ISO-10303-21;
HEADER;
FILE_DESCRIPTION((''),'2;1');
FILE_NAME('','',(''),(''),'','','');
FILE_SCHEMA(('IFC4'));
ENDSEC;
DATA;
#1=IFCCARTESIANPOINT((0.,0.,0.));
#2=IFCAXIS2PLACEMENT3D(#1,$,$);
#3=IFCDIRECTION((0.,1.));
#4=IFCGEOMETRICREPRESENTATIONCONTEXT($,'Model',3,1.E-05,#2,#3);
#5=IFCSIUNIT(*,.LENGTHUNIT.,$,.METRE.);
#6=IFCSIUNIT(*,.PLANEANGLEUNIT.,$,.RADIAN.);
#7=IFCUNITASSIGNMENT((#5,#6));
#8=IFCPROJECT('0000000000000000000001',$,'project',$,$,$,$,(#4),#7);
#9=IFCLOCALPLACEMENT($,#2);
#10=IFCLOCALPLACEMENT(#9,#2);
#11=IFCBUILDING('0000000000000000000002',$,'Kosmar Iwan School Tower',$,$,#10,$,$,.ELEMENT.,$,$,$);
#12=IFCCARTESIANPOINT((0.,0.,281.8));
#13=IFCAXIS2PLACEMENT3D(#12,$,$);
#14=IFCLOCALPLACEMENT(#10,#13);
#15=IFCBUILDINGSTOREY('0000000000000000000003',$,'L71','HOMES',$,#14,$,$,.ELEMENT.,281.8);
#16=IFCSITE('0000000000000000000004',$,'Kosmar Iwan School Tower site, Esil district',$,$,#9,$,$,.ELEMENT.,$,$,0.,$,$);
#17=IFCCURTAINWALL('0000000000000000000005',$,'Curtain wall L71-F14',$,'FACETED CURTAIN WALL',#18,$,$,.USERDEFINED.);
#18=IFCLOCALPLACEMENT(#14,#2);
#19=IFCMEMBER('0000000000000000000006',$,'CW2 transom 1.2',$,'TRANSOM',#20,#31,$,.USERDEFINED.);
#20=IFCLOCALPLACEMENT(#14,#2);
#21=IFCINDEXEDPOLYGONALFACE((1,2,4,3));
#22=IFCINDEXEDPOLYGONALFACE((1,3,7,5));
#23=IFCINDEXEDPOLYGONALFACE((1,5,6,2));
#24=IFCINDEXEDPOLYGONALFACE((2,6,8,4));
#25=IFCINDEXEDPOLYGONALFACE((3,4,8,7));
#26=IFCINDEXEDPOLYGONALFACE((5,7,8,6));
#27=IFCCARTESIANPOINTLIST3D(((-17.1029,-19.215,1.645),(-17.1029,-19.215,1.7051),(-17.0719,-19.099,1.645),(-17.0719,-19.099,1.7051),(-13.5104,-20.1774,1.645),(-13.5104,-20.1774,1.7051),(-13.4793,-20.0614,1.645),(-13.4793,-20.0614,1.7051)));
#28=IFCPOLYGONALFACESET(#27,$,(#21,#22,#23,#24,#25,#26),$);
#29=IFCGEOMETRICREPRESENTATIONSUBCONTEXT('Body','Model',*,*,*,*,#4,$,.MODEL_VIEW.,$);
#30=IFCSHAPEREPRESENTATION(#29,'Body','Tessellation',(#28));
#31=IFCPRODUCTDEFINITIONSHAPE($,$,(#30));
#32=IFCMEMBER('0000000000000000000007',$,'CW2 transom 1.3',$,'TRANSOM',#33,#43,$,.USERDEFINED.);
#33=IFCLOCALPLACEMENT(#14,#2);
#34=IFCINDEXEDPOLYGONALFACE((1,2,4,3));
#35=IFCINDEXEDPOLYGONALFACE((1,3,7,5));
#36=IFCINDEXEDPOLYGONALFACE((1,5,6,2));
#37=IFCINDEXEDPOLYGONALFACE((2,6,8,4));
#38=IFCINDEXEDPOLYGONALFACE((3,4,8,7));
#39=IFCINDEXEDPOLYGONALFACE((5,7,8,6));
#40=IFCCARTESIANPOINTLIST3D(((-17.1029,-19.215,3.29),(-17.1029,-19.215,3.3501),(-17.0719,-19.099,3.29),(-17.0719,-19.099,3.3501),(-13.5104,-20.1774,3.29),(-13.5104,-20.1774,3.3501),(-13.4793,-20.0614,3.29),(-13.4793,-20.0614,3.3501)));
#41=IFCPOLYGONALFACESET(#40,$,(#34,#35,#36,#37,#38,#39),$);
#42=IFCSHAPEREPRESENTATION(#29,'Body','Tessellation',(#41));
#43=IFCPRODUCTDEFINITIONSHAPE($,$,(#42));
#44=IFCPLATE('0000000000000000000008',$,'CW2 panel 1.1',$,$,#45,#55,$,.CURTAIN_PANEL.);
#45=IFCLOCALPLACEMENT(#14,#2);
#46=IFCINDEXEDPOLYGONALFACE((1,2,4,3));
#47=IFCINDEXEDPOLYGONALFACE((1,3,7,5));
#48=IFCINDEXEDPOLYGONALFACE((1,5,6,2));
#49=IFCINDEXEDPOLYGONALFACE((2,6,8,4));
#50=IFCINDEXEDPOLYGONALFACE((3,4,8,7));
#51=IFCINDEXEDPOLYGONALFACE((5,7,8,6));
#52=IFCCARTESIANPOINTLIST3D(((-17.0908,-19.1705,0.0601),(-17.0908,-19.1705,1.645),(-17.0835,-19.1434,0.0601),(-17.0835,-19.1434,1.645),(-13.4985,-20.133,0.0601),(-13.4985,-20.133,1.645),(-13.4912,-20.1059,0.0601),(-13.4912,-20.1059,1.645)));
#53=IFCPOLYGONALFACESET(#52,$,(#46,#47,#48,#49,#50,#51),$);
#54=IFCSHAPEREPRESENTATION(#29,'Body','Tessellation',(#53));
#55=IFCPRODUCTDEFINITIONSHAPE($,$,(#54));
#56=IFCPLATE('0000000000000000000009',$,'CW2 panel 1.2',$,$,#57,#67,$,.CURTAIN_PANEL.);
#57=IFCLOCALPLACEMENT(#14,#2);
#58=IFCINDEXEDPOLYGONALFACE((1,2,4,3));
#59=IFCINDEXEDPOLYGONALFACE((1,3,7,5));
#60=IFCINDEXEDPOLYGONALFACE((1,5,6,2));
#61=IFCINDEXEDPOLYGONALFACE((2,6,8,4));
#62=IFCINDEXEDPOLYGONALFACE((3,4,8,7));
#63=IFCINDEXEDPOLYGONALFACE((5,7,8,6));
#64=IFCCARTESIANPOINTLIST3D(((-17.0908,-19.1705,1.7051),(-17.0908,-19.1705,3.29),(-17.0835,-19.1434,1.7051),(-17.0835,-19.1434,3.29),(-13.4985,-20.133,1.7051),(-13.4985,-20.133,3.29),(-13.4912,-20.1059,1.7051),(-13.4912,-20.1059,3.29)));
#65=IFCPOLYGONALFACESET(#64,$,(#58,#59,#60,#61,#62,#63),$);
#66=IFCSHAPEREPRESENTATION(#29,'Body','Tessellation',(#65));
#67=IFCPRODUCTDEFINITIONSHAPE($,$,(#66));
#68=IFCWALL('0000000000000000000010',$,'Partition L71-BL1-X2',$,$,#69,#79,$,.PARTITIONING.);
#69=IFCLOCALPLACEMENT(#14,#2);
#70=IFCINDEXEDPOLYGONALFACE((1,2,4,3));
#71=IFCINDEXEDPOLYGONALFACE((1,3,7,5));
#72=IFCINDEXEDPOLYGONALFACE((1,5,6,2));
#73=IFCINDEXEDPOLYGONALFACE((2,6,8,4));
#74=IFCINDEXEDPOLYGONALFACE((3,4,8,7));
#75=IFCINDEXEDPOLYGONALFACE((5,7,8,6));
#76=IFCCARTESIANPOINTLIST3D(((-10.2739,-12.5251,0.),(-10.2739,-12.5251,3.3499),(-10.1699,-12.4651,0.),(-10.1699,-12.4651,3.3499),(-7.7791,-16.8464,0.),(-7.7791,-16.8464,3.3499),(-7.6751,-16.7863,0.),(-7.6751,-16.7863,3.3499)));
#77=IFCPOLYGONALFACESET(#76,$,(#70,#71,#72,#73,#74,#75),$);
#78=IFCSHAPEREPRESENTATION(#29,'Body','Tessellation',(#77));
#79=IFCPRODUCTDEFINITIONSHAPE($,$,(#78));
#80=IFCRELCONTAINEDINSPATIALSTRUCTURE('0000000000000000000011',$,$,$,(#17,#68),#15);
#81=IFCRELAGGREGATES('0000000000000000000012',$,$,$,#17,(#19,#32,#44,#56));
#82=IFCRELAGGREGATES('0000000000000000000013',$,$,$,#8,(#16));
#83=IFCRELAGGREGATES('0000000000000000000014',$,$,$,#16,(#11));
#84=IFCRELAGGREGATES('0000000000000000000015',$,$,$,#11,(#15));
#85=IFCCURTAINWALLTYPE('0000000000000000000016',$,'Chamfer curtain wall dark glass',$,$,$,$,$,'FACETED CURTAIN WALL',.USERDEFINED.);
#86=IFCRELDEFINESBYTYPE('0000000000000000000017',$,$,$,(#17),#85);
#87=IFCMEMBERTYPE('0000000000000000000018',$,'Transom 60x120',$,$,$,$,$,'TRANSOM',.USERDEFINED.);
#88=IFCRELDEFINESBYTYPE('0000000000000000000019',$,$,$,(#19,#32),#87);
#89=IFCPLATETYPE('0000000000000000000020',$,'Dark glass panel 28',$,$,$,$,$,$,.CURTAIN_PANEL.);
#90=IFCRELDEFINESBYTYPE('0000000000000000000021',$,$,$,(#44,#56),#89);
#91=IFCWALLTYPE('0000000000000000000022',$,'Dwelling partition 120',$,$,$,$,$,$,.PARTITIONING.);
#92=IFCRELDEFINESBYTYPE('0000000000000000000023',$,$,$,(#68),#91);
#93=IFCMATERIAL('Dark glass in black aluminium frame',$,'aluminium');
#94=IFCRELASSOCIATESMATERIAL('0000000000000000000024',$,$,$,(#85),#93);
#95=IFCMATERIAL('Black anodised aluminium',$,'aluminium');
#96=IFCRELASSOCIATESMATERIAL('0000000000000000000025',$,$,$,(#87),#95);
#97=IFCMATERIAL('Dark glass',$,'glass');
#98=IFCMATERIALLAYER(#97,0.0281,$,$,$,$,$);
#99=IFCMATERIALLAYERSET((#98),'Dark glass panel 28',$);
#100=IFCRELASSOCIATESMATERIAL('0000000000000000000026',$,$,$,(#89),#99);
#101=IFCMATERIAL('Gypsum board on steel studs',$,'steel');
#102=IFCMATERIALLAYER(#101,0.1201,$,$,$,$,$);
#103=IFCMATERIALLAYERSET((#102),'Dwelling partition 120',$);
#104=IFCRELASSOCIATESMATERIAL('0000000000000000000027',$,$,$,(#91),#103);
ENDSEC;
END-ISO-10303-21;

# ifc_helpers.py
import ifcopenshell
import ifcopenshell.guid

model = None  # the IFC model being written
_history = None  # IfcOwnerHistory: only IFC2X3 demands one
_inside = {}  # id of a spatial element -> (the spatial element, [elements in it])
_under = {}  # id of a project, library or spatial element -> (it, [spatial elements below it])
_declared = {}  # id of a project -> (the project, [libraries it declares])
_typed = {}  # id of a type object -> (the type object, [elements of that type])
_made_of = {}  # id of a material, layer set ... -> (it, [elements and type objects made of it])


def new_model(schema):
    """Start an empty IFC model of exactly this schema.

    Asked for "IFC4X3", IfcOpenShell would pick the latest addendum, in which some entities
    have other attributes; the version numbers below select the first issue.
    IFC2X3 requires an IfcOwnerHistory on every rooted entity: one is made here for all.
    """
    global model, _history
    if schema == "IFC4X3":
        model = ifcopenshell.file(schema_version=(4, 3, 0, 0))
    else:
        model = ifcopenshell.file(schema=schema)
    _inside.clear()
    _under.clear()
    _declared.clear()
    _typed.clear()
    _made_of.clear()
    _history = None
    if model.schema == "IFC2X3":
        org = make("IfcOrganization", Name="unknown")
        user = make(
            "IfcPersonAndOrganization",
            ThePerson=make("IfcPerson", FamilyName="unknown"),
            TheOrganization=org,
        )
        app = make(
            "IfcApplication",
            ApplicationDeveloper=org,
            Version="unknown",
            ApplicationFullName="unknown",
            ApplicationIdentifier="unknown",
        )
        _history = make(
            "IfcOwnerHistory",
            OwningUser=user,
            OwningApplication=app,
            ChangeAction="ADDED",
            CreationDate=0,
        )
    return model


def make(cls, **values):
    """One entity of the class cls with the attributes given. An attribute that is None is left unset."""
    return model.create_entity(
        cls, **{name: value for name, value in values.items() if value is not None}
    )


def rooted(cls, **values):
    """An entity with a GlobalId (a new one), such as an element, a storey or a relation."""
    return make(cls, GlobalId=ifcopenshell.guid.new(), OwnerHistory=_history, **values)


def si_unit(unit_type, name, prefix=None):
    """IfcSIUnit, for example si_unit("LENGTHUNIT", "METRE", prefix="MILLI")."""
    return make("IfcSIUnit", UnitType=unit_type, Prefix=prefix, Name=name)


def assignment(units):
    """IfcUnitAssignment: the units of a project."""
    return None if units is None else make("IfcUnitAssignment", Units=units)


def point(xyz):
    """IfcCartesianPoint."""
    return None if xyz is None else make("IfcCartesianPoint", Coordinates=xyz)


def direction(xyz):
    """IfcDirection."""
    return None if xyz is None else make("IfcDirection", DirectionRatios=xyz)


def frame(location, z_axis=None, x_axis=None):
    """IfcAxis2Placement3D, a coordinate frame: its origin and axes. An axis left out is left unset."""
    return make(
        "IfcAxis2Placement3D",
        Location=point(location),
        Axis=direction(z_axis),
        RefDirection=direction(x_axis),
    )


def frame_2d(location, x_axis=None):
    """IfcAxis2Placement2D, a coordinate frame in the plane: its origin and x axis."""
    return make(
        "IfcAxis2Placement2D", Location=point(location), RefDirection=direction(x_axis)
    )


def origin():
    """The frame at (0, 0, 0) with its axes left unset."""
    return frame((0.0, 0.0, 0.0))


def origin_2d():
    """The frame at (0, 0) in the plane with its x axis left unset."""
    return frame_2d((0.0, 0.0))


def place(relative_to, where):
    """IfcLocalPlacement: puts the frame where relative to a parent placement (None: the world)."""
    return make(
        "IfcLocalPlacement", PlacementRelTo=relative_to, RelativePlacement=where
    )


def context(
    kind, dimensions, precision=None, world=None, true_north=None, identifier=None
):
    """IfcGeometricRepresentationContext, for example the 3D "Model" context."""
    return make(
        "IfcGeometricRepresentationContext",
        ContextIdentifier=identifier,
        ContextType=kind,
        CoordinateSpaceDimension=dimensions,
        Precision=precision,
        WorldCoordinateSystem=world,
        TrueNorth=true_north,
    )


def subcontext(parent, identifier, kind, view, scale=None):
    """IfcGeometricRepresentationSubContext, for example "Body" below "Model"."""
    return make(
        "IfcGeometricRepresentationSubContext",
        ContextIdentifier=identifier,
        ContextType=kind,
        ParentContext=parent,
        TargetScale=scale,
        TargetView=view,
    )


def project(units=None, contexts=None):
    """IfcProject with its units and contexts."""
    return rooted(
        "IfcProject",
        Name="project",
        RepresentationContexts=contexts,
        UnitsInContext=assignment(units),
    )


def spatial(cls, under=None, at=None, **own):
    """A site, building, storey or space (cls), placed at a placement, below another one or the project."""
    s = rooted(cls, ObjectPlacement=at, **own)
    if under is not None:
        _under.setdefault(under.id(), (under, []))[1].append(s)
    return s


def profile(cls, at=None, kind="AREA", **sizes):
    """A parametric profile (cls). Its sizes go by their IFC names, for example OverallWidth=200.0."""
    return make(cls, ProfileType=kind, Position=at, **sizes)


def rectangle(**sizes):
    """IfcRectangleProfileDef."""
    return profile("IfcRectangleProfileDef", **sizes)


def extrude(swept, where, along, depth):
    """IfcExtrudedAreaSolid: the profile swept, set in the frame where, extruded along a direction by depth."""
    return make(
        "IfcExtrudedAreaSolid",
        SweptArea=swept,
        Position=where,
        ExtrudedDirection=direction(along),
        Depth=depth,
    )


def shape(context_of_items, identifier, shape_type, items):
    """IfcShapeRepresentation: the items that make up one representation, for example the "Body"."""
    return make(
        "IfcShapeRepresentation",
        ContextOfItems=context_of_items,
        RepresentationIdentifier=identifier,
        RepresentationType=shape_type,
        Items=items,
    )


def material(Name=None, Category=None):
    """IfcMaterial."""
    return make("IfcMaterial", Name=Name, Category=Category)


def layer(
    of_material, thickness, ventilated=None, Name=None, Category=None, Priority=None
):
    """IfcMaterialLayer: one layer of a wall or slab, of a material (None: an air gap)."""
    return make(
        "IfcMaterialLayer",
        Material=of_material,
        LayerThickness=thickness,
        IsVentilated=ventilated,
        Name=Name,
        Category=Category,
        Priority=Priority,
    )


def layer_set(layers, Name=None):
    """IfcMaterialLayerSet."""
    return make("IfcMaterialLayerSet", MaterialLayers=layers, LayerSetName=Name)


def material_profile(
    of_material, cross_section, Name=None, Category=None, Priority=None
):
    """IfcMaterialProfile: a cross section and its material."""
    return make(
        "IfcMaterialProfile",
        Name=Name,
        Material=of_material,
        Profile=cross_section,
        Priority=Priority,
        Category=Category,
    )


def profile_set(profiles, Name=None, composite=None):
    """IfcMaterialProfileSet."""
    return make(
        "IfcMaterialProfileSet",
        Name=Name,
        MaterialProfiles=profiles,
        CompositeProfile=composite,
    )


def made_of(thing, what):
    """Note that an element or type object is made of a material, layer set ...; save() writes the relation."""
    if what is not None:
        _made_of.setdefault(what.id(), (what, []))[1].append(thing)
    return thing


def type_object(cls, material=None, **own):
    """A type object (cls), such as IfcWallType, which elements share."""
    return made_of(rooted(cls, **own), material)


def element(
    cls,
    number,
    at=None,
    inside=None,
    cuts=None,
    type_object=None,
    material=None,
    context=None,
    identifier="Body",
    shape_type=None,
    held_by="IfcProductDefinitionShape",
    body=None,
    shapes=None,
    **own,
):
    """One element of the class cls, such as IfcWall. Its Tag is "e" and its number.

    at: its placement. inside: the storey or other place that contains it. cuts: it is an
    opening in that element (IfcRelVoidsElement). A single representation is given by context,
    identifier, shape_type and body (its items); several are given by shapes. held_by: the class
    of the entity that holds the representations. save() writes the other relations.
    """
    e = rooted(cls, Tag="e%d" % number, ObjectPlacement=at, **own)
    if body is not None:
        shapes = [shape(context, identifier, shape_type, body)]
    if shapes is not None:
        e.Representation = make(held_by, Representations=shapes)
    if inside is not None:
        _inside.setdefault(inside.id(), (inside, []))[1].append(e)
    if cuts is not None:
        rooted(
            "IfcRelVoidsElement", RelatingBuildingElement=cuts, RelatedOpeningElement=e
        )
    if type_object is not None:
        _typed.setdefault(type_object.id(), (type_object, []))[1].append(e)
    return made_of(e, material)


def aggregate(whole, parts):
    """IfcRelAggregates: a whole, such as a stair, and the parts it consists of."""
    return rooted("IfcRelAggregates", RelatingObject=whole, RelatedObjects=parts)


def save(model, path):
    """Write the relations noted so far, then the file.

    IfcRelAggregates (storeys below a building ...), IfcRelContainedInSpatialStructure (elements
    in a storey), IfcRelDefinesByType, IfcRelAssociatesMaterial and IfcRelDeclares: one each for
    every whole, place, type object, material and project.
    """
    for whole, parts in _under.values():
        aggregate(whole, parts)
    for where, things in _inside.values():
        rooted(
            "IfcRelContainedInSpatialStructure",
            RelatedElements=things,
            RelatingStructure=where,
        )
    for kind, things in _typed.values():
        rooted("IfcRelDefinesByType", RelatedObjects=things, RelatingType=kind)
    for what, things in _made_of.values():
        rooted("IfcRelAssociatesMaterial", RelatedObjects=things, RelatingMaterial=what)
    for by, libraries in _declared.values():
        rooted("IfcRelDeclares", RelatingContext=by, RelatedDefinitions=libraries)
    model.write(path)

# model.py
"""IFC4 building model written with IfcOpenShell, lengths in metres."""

from ifc_helpers import new_model, si_unit, direction, frame, frame_2d, origin, origin_2d, place, context, subcontext, project, spatial, rectangle, extrude, material, layer, layer_set, material_profile, profile_set, type_object, element, aggregate, save


model = new_model("IFC4")

# Units and contexts
model_context = context("Model", 3, precision=1e-05, world=origin(), true_north=direction((0.0, 1.0)))
body_context = subcontext(model_context, "Body", "Model", "MODEL_VIEW")
ifc_project = project(units=[si_unit("LENGTHUNIT", "METRE"), si_unit("PLANEANGLEUNIT", "RADIAN")], contexts=[model_context])

# Site, building, storey
site_placement = place(None, origin())
site = spatial("IfcSite", under=ifc_project, at=site_placement, Name="Kosmar Iwan School Tower site, Esil district", CompositionType="ELEMENT", RefElevation=0.0)
building_placement = place(site_placement, origin())
building = spatial("IfcBuilding", under=site, at=building_placement, Name="Kosmar Iwan School Tower", CompositionType="ELEMENT")
storey_placement = place(building_placement, frame((0.0, 0.0, 281.8)))
storey = spatial("IfcBuildingStorey", under=building, at=storey_placement, Name="L71", Description="HOMES", CompositionType="ELEMENT", Elevation=281.8)

# Curtain wall
ifc_material_1 = material(Name="Dark glass in black aluminium frame", Category="aluminium")
curtain_wall_type = type_object("IfcCurtainWallType", Name="Chamfer curtain wall dark glass", ElementType="FACETED CURTAIN WALL", PredefinedType="USERDEFINED", material=ifc_material_1)
curtain_wall_placement = place(storey_placement, origin())
curtain_wall = element("IfcCurtainWall", 1, at=curtain_wall_placement, inside=storey, type_object=curtain_wall_type, Name="Curtain wall L71-F14", ObjectType="FACETED CURTAIN WALL", PredefinedType="USERDEFINED")

# Members
ifc_material_2 = material(Name="Black anodised aluminium", Category="aluminium")
ifc_material_profile_1 = material_profile(ifc_material_2, rectangle(XDim=0.1201, YDim=0.0601, at=origin_2d()), Name="TRANSOM 60x120")
ifc_profile_set_1 = profile_set([ifc_material_profile_1], Name="Black anodised aluminium")
member_type_1 = type_object("IfcMemberType", Name="Transom 60x120", ElementType="TRANSOM", PredefinedType="USERDEFINED", material=ifc_profile_set_1)
member_1_placement = place(storey_placement, frame((-17.0874, -19.157, 1.675), z_axis=(0.96594, -0.258766, 0.0), x_axis=(0.258766, 0.96594, 0.0)))
member_1 = element("IfcMember", 2, at=member_1_placement, type_object=member_type_1, Name="CW2 transom 1.2", ObjectType="TRANSOM", PredefinedType="USERDEFINED", context=body_context, shape_type="SweptSolid", body=[
    extrude(rectangle(XDim=0.1201, YDim=0.0601, at=origin_2d()), origin(), (0.0, 0.0, 1.0), 3.7192),
])
member_2_placement = place(storey_placement, frame((-17.0874, -19.157, 3.3201), z_axis=(0.96594, -0.258766, 0.0), x_axis=(0.258766, 0.96594, 0.0)))
member_2 = element("IfcMember", 3, at=member_2_placement, type_object=member_type_1, Name="CW2 transom 1.3", ObjectType="TRANSOM", PredefinedType="USERDEFINED", context=body_context, shape_type="SweptSolid", body=[
    extrude(rectangle(XDim=0.1201, YDim=0.0601, at=origin_2d()), origin(), (0.0, 0.0, 1.0), 3.7192),
])

# Plates
ifc_material_3 = material(Name="Dark glass", Category="glass")
ifc_layer_1 = layer(ifc_material_3, 0.0281)
ifc_layer_set_1 = layer_set([ifc_layer_1], Name="Dark glass panel 28")
plate_type = type_object("IfcPlateType", Name="Dark glass panel 28", PredefinedType="CURTAIN_PANEL", material=ifc_layer_set_1)
plate_1_placement = place(storey_placement, frame((-15.291, -19.6382, 0.0601), z_axis=(0.0, 0.0, 1.0), x_axis=(0.965926, -0.258819, 0.0)))
plate_1 = element("IfcPlate", 4, at=plate_1_placement, type_object=plate_type, Name="CW2 panel 1.1", PredefinedType="CURTAIN_PANEL", context=body_context, shape_type="SweptSolid", body=[
    extrude(rectangle(XDim=3.719, YDim=0.0281, at=origin_2d()), origin(), (0.0, 0.0, 1.0), 1.585),
])
plate_2_placement = place(storey_placement, frame((-15.291, -19.6382, 1.7051), z_axis=(0.0, 0.0, 1.0), x_axis=(0.965926, -0.258819, 0.0)))
plate_2 = element("IfcPlate", 5, at=plate_2_placement, type_object=plate_type, Name="CW2 panel 1.2", PredefinedType="CURTAIN_PANEL", context=body_context, shape_type="SweptSolid", body=[
    extrude(rectangle(XDim=3.719, YDim=0.0281, at=origin_2d()), origin(), (0.0, 0.0, 1.0), 1.585),
])
aggregate(curtain_wall, [member_1, member_2, plate_1, plate_2])

# Wall
ifc_material_4 = material(Name="Gypsum board on steel studs", Category="steel")
ifc_layer_2 = layer(ifc_material_4, 0.1201)
ifc_layer_set_2 = layer_set([ifc_layer_2], Name="Dwelling partition 120")
wall_type = type_object("IfcWallType", Name="Dwelling partition 120", PredefinedType="PARTITIONING", material=ifc_layer_set_2)
wall_placement = place(storey_placement, frame((-10.2219, -12.4951, 0.0), z_axis=(0.0, 0.0, 1.0), x_axis=(0.499996, -0.866028, 0.0)))
element("IfcWall", 6, at=wall_placement, inside=storey, type_object=wall_type, Name="Partition L71-BL1-X2", PredefinedType="PARTITIONING", context=body_context, shape_type="SweptSolid", body=[
    extrude(rectangle(XDim=4.9897, YDim=0.1201, at=frame_2d((2.4949, 0.0))), origin(), (0.0, 0.0, 1.0), 3.3499),
])

save(model, "model.ifc")
